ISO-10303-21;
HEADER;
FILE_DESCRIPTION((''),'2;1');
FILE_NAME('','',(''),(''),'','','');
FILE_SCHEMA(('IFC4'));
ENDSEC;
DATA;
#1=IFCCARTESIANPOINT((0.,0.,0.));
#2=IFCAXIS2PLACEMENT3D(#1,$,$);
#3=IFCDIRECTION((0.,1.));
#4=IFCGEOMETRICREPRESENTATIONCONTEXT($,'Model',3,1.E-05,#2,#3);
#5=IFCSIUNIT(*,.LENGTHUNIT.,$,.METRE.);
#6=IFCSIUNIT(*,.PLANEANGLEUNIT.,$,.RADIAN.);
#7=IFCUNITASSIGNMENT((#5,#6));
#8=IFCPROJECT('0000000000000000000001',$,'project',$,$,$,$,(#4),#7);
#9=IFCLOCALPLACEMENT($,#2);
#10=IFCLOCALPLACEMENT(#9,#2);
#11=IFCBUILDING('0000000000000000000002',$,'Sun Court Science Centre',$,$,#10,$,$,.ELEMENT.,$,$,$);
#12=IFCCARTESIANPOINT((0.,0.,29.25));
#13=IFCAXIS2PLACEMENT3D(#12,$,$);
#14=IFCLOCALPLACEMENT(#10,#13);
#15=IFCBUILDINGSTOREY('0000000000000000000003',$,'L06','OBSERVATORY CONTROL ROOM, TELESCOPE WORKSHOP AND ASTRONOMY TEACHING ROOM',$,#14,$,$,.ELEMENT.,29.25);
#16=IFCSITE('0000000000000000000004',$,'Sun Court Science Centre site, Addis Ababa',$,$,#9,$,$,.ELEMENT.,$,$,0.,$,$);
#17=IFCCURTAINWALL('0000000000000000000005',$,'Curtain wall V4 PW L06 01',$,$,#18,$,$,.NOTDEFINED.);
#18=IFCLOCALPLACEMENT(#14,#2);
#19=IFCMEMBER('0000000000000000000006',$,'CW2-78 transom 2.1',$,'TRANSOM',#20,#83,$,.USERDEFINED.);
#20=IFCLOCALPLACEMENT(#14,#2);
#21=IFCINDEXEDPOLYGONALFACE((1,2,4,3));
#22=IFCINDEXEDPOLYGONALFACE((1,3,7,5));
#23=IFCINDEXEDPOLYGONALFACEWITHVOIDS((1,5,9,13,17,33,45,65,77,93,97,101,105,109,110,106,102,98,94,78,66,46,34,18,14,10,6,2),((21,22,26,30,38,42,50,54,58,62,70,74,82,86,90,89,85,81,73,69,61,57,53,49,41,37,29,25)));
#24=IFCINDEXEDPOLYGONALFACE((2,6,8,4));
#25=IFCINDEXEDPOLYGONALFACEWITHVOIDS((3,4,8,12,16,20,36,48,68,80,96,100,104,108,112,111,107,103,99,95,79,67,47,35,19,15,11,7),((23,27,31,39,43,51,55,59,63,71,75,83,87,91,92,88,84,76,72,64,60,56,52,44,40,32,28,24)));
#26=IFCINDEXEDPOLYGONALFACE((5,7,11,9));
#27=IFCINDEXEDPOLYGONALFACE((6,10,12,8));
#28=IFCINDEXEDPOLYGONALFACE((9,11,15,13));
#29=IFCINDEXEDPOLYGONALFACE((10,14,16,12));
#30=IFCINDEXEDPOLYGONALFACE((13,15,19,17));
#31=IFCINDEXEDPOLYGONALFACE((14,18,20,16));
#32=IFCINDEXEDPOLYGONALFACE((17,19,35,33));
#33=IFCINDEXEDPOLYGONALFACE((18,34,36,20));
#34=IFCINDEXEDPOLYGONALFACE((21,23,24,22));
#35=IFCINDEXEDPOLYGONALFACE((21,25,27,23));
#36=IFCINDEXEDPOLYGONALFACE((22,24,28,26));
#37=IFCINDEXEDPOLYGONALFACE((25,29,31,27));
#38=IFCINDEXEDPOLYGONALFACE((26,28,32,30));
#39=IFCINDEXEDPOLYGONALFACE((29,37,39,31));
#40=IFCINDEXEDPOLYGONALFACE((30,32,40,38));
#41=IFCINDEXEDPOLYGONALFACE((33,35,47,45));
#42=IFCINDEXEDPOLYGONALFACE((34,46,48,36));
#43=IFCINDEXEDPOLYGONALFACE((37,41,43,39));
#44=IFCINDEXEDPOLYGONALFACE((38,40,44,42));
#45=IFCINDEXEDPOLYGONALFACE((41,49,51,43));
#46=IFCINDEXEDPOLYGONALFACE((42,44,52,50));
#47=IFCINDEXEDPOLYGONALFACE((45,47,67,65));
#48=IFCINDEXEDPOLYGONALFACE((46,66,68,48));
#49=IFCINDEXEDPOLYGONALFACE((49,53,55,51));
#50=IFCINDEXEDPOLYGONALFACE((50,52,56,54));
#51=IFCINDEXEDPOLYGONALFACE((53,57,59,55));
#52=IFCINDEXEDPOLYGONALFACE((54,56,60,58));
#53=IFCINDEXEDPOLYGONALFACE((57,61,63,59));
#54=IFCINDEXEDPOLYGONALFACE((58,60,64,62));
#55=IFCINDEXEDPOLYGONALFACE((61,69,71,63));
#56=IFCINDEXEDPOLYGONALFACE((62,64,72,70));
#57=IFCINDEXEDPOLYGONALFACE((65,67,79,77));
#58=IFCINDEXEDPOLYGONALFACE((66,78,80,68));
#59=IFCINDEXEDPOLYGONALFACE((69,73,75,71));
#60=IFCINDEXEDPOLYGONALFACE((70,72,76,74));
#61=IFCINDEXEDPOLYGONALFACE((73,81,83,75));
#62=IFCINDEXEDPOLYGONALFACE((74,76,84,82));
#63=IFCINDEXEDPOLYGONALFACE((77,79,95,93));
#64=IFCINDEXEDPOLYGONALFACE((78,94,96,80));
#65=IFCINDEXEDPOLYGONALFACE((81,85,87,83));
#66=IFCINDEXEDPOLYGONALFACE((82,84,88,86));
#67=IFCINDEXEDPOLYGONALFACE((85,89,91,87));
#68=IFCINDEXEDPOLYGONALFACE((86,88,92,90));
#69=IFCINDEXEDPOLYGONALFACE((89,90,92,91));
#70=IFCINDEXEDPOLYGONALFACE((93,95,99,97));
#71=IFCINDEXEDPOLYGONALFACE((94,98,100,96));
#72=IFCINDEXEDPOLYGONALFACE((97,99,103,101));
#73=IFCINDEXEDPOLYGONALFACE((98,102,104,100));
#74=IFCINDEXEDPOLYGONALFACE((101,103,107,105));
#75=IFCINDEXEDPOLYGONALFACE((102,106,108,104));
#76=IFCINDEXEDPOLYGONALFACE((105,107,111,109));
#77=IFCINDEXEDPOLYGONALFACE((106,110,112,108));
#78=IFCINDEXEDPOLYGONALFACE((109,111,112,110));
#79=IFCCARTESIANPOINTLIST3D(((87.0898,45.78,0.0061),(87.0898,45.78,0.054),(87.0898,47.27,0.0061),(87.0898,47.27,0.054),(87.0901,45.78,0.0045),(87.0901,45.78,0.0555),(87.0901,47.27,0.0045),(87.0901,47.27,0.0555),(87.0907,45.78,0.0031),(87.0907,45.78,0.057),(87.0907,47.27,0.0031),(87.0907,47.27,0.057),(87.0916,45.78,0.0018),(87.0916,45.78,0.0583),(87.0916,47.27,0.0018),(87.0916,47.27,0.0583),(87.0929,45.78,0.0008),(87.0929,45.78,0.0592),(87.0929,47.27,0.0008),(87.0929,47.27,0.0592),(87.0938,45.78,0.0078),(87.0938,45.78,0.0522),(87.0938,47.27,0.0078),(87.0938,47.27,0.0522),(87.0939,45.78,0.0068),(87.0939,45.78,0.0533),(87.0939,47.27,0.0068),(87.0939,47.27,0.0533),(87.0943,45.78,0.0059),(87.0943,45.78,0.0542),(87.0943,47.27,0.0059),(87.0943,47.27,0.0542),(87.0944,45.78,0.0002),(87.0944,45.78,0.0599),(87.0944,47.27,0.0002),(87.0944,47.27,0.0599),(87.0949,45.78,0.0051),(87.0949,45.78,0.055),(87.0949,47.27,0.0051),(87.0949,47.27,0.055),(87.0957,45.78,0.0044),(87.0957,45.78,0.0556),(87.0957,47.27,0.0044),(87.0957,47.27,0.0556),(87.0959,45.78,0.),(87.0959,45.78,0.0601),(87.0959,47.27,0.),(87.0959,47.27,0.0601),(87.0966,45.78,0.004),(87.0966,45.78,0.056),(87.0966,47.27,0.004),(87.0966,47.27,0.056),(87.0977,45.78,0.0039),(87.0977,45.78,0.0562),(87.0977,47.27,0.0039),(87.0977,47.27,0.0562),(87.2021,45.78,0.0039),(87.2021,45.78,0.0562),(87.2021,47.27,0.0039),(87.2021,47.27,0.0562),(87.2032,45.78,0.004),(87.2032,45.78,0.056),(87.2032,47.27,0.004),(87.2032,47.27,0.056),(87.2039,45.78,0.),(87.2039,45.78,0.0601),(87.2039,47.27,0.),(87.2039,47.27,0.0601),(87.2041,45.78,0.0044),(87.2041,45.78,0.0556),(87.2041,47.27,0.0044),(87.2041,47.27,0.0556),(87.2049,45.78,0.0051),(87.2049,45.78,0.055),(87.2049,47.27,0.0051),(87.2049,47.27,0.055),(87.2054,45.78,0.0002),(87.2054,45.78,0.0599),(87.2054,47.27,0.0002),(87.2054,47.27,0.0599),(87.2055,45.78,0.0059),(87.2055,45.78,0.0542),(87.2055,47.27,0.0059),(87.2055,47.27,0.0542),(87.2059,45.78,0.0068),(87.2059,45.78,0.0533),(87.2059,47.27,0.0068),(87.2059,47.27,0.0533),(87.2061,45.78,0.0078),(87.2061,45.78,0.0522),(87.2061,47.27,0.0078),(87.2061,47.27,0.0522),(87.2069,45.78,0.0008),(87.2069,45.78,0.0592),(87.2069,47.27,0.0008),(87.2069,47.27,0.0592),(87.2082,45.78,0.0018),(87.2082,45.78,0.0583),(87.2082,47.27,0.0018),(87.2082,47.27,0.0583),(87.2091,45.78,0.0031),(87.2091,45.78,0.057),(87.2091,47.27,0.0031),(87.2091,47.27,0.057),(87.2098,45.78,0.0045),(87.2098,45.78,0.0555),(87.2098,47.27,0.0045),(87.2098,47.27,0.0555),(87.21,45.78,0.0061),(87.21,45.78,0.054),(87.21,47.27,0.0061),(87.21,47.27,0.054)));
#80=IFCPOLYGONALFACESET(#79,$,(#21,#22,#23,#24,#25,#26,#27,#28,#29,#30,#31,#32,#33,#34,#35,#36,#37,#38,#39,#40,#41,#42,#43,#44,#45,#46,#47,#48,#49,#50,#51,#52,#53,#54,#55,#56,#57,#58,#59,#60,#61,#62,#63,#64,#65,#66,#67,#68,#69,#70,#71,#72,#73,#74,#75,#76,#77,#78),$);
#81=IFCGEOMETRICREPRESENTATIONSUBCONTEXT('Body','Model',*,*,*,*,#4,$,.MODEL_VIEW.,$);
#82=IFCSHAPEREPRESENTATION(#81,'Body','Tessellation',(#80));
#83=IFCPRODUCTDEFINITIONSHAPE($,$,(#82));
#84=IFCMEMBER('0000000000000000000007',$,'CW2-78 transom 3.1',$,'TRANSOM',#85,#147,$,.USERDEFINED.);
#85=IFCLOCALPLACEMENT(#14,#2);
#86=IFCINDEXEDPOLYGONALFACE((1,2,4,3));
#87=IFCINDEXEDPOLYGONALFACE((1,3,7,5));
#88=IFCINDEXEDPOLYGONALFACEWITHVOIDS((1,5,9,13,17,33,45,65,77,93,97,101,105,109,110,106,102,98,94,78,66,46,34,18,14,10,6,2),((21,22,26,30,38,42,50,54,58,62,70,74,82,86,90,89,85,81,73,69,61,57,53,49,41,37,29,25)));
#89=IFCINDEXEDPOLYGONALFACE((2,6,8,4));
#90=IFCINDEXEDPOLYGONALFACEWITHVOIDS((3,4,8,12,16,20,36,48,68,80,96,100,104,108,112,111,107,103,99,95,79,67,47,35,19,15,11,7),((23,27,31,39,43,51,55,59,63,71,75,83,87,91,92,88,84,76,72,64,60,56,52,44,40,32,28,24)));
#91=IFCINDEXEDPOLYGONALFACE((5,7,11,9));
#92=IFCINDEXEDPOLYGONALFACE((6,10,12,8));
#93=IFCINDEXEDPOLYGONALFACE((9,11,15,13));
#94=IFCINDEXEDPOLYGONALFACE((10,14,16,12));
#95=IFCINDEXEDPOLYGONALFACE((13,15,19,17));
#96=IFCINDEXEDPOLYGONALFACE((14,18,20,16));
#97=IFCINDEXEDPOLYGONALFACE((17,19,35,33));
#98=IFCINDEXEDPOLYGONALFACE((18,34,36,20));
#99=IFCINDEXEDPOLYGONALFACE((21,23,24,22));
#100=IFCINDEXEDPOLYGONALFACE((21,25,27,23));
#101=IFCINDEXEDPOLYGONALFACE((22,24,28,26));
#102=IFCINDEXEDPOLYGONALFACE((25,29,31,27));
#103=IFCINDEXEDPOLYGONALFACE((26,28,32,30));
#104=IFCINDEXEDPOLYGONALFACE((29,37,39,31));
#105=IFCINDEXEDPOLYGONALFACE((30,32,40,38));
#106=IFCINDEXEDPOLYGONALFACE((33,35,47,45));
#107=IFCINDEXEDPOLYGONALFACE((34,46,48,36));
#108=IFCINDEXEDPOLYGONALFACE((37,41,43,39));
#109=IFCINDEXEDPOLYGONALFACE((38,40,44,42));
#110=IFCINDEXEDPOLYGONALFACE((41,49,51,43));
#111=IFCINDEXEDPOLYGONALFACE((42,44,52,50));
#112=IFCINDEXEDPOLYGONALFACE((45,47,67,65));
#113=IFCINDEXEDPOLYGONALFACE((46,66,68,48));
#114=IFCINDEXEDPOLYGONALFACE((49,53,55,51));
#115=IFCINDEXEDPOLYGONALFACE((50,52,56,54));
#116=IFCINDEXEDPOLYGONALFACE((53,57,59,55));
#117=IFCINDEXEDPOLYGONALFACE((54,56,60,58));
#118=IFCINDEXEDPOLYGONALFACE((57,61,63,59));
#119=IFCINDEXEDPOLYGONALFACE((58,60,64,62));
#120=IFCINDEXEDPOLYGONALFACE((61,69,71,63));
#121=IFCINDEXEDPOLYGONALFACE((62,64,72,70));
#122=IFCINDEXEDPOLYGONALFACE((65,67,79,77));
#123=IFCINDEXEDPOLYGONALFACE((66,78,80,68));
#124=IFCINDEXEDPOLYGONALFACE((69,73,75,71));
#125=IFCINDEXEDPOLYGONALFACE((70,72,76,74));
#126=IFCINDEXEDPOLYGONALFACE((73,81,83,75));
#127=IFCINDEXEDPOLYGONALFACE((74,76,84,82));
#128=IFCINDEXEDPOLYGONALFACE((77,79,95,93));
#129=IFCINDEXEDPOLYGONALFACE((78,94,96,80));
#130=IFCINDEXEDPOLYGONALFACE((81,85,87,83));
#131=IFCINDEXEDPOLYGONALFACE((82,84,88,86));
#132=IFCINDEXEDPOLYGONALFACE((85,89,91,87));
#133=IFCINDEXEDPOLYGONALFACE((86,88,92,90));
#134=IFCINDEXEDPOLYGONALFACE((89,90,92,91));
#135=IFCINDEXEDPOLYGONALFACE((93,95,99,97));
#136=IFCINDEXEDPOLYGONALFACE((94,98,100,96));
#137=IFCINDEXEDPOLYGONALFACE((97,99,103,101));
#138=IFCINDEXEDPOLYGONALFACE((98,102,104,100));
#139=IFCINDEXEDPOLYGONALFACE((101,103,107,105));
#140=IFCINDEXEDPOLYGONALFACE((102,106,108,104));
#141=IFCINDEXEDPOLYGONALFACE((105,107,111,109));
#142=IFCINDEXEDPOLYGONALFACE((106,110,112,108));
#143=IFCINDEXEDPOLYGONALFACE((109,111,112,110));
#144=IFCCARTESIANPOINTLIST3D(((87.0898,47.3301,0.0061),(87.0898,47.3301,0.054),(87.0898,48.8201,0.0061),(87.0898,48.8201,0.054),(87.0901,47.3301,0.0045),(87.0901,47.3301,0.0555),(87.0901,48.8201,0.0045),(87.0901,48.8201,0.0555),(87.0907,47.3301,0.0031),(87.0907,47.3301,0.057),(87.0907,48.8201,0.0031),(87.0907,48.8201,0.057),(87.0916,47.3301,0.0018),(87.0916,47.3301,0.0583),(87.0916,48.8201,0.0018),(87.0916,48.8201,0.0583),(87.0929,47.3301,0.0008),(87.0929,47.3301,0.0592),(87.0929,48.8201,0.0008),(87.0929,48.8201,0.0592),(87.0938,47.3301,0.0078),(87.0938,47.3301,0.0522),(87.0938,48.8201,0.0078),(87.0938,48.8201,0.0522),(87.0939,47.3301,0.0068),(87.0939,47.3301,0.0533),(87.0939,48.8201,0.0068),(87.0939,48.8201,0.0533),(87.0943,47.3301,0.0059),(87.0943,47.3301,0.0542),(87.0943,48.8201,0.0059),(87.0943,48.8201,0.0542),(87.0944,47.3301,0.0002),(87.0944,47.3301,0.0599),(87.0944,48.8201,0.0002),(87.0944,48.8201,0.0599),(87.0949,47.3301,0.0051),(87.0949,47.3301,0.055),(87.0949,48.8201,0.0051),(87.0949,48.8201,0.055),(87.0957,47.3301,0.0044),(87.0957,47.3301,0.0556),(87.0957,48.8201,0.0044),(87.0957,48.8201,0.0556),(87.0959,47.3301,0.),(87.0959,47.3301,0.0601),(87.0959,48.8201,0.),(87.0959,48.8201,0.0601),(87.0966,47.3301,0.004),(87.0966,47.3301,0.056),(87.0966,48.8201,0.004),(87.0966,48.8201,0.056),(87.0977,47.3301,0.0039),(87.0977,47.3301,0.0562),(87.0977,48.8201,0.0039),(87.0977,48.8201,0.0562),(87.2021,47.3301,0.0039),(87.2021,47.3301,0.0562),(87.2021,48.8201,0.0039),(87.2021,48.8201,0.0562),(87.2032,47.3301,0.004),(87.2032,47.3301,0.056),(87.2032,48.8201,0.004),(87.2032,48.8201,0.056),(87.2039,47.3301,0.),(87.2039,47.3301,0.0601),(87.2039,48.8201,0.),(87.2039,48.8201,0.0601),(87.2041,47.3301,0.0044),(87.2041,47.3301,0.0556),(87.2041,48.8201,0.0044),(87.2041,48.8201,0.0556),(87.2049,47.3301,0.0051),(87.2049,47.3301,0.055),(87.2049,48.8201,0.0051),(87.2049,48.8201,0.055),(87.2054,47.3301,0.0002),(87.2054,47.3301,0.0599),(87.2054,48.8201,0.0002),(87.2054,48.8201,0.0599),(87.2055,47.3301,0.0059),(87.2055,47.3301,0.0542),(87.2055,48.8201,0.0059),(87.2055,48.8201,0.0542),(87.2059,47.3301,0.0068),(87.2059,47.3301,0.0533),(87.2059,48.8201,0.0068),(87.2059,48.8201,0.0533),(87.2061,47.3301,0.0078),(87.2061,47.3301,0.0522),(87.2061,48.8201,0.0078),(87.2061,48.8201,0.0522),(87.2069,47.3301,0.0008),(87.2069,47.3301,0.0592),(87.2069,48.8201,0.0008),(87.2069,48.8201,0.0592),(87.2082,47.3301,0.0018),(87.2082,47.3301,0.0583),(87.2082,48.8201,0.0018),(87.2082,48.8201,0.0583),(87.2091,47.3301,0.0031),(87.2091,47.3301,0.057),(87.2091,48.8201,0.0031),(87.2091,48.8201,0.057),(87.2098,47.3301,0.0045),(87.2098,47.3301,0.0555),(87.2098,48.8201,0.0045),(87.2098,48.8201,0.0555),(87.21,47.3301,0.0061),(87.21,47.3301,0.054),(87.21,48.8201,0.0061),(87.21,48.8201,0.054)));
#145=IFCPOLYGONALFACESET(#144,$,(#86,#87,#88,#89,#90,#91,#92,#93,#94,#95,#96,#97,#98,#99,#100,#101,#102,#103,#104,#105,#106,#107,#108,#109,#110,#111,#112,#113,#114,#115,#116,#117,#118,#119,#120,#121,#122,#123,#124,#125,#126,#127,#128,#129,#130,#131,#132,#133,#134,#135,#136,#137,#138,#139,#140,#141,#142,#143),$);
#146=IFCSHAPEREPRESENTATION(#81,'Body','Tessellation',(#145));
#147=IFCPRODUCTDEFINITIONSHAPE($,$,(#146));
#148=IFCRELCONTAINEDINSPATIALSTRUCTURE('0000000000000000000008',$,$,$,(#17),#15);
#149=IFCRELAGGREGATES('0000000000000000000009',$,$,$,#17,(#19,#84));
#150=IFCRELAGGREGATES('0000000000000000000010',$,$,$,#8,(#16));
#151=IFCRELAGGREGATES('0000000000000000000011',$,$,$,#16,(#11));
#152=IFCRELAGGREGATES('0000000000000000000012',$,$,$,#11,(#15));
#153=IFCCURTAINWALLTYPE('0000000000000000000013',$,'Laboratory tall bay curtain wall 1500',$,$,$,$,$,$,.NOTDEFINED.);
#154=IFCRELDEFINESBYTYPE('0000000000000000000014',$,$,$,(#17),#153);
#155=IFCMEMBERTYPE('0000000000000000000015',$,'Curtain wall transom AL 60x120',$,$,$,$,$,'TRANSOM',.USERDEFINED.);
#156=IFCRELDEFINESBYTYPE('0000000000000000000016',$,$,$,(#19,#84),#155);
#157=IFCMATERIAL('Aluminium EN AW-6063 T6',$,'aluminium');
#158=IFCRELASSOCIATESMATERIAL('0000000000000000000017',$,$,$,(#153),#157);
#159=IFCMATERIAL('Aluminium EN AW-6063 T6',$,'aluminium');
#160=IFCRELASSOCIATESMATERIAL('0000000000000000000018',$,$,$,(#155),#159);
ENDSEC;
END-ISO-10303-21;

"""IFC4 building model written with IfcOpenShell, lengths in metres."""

from ifc_helpers import new_model, si_unit, direction, frame, origin, origin_2d, place, context, subcontext, project, spatial, hollow_rectangle, extrude, material, material_profile, profile_set, type_object, element, aggregate, save


model = new_model("IFC4")

# Units and contexts
model_context = context("Model", 3, precision=1e-05, world=origin(), true_north=direction((0.0, 1.0)))
body_context = subcontext(model_context, "Body", "Model", "MODEL_VIEW")
ifc_project = project(units=[si_unit("LENGTHUNIT", "METRE"), si_unit("PLANEANGLEUNIT", "RADIAN")], contexts=[model_context])

# Site, building, storey
site_placement = place(None, origin())
site = spatial("IfcSite", under=ifc_project, at=site_placement, Name="Sun Court Science Centre site, Addis Ababa", CompositionType="ELEMENT", RefElevation=0.0)
building_placement = place(site_placement, origin())
building = spatial("IfcBuilding", under=site, at=building_placement, Name="Sun Court Science Centre", CompositionType="ELEMENT")
storey_placement = place(building_placement, frame((0.0, 0.0, 29.25)))
storey = spatial("IfcBuildingStorey", under=building, at=storey_placement, Name="L06", Description="OBSERVATORY CONTROL ROOM, TELESCOPE WORKSHOP AND ASTRONOMY TEACHING ROOM", CompositionType="ELEMENT", Elevation=29.25)

# Curtain wall, members
ifc_material_1 = material(Name="Aluminium EN AW-6063 T6", Category="aluminium")
curtain_wall_type = type_object("IfcCurtainWallType", Name="Laboratory tall bay curtain wall 1500", PredefinedType="NOTDEFINED", material=ifc_material_1)
curtain_wall_placement = place(storey_placement, origin())
curtain_wall = element("IfcCurtainWall", 1, at=curtain_wall_placement, inside=storey, type_object=curtain_wall_type, Name="Curtain wall V4 PW L06 01", PredefinedType="NOTDEFINED")
ifc_material_2 = material(Name="Aluminium EN AW-6063 T6", Category="aluminium")
ifc_material_profile_1 = material_profile(ifc_material_2, hollow_rectangle(XDim=0.0601, YDim=0.1201, WallThickness=0.0039, InnerFilletRadius=0.0039, OuterFilletRadius=0.0061, at=origin_2d()), Name="AL 60x120x4")
ifc_profile_set_1 = profile_set([ifc_material_profile_1], Name="Aluminium EN AW-6063 T6")
member_type_1 = type_object("IfcMemberType", Name="Curtain wall transom AL 60x120", ElementType="TRANSOM", PredefinedType="USERDEFINED", material=ifc_profile_set_1)
member_1_placement = place(storey_placement, frame((87.1499, 45.78, 0.03), z_axis=(0.0, 1.0, 0.0), x_axis=(0.0, 0.0, 1.0)))
member_1 = element("IfcMember", 2, at=member_1_placement, type_object=member_type_1, Name="CW2-78 transom 2.1", ObjectType="TRANSOM", PredefinedType="USERDEFINED", context=body_context, shape_type="SweptSolid", body=[
    extrude(hollow_rectangle(XDim=0.0601, YDim=0.1201, WallThickness=0.0039, InnerFilletRadius=0.0039, OuterFilletRadius=0.0061, at=origin_2d()), origin(), (0.0, 0.0, 1.0), 1.49),
])
member_2_placement = place(storey_placement, frame((87.1499, 47.3301, 0.03), z_axis=(0.0, 1.0, 0.0), x_axis=(0.0, 0.0, 1.0)))
member_2 = element("IfcMember", 3, at=member_2_placement, type_object=member_type_1, Name="CW2-78 transom 3.1", ObjectType="TRANSOM", PredefinedType="USERDEFINED", context=body_context, shape_type="SweptSolid", body=[
    extrude(hollow_rectangle(XDim=0.0601, YDim=0.1201, WallThickness=0.0039, InnerFilletRadius=0.0039, OuterFilletRadius=0.0061, at=origin_2d()), origin(), (0.0, 0.0, 1.0), 1.49),
])

aggregate(curtain_wall, [member_1, member_2])

save(model, "model.ifc")
